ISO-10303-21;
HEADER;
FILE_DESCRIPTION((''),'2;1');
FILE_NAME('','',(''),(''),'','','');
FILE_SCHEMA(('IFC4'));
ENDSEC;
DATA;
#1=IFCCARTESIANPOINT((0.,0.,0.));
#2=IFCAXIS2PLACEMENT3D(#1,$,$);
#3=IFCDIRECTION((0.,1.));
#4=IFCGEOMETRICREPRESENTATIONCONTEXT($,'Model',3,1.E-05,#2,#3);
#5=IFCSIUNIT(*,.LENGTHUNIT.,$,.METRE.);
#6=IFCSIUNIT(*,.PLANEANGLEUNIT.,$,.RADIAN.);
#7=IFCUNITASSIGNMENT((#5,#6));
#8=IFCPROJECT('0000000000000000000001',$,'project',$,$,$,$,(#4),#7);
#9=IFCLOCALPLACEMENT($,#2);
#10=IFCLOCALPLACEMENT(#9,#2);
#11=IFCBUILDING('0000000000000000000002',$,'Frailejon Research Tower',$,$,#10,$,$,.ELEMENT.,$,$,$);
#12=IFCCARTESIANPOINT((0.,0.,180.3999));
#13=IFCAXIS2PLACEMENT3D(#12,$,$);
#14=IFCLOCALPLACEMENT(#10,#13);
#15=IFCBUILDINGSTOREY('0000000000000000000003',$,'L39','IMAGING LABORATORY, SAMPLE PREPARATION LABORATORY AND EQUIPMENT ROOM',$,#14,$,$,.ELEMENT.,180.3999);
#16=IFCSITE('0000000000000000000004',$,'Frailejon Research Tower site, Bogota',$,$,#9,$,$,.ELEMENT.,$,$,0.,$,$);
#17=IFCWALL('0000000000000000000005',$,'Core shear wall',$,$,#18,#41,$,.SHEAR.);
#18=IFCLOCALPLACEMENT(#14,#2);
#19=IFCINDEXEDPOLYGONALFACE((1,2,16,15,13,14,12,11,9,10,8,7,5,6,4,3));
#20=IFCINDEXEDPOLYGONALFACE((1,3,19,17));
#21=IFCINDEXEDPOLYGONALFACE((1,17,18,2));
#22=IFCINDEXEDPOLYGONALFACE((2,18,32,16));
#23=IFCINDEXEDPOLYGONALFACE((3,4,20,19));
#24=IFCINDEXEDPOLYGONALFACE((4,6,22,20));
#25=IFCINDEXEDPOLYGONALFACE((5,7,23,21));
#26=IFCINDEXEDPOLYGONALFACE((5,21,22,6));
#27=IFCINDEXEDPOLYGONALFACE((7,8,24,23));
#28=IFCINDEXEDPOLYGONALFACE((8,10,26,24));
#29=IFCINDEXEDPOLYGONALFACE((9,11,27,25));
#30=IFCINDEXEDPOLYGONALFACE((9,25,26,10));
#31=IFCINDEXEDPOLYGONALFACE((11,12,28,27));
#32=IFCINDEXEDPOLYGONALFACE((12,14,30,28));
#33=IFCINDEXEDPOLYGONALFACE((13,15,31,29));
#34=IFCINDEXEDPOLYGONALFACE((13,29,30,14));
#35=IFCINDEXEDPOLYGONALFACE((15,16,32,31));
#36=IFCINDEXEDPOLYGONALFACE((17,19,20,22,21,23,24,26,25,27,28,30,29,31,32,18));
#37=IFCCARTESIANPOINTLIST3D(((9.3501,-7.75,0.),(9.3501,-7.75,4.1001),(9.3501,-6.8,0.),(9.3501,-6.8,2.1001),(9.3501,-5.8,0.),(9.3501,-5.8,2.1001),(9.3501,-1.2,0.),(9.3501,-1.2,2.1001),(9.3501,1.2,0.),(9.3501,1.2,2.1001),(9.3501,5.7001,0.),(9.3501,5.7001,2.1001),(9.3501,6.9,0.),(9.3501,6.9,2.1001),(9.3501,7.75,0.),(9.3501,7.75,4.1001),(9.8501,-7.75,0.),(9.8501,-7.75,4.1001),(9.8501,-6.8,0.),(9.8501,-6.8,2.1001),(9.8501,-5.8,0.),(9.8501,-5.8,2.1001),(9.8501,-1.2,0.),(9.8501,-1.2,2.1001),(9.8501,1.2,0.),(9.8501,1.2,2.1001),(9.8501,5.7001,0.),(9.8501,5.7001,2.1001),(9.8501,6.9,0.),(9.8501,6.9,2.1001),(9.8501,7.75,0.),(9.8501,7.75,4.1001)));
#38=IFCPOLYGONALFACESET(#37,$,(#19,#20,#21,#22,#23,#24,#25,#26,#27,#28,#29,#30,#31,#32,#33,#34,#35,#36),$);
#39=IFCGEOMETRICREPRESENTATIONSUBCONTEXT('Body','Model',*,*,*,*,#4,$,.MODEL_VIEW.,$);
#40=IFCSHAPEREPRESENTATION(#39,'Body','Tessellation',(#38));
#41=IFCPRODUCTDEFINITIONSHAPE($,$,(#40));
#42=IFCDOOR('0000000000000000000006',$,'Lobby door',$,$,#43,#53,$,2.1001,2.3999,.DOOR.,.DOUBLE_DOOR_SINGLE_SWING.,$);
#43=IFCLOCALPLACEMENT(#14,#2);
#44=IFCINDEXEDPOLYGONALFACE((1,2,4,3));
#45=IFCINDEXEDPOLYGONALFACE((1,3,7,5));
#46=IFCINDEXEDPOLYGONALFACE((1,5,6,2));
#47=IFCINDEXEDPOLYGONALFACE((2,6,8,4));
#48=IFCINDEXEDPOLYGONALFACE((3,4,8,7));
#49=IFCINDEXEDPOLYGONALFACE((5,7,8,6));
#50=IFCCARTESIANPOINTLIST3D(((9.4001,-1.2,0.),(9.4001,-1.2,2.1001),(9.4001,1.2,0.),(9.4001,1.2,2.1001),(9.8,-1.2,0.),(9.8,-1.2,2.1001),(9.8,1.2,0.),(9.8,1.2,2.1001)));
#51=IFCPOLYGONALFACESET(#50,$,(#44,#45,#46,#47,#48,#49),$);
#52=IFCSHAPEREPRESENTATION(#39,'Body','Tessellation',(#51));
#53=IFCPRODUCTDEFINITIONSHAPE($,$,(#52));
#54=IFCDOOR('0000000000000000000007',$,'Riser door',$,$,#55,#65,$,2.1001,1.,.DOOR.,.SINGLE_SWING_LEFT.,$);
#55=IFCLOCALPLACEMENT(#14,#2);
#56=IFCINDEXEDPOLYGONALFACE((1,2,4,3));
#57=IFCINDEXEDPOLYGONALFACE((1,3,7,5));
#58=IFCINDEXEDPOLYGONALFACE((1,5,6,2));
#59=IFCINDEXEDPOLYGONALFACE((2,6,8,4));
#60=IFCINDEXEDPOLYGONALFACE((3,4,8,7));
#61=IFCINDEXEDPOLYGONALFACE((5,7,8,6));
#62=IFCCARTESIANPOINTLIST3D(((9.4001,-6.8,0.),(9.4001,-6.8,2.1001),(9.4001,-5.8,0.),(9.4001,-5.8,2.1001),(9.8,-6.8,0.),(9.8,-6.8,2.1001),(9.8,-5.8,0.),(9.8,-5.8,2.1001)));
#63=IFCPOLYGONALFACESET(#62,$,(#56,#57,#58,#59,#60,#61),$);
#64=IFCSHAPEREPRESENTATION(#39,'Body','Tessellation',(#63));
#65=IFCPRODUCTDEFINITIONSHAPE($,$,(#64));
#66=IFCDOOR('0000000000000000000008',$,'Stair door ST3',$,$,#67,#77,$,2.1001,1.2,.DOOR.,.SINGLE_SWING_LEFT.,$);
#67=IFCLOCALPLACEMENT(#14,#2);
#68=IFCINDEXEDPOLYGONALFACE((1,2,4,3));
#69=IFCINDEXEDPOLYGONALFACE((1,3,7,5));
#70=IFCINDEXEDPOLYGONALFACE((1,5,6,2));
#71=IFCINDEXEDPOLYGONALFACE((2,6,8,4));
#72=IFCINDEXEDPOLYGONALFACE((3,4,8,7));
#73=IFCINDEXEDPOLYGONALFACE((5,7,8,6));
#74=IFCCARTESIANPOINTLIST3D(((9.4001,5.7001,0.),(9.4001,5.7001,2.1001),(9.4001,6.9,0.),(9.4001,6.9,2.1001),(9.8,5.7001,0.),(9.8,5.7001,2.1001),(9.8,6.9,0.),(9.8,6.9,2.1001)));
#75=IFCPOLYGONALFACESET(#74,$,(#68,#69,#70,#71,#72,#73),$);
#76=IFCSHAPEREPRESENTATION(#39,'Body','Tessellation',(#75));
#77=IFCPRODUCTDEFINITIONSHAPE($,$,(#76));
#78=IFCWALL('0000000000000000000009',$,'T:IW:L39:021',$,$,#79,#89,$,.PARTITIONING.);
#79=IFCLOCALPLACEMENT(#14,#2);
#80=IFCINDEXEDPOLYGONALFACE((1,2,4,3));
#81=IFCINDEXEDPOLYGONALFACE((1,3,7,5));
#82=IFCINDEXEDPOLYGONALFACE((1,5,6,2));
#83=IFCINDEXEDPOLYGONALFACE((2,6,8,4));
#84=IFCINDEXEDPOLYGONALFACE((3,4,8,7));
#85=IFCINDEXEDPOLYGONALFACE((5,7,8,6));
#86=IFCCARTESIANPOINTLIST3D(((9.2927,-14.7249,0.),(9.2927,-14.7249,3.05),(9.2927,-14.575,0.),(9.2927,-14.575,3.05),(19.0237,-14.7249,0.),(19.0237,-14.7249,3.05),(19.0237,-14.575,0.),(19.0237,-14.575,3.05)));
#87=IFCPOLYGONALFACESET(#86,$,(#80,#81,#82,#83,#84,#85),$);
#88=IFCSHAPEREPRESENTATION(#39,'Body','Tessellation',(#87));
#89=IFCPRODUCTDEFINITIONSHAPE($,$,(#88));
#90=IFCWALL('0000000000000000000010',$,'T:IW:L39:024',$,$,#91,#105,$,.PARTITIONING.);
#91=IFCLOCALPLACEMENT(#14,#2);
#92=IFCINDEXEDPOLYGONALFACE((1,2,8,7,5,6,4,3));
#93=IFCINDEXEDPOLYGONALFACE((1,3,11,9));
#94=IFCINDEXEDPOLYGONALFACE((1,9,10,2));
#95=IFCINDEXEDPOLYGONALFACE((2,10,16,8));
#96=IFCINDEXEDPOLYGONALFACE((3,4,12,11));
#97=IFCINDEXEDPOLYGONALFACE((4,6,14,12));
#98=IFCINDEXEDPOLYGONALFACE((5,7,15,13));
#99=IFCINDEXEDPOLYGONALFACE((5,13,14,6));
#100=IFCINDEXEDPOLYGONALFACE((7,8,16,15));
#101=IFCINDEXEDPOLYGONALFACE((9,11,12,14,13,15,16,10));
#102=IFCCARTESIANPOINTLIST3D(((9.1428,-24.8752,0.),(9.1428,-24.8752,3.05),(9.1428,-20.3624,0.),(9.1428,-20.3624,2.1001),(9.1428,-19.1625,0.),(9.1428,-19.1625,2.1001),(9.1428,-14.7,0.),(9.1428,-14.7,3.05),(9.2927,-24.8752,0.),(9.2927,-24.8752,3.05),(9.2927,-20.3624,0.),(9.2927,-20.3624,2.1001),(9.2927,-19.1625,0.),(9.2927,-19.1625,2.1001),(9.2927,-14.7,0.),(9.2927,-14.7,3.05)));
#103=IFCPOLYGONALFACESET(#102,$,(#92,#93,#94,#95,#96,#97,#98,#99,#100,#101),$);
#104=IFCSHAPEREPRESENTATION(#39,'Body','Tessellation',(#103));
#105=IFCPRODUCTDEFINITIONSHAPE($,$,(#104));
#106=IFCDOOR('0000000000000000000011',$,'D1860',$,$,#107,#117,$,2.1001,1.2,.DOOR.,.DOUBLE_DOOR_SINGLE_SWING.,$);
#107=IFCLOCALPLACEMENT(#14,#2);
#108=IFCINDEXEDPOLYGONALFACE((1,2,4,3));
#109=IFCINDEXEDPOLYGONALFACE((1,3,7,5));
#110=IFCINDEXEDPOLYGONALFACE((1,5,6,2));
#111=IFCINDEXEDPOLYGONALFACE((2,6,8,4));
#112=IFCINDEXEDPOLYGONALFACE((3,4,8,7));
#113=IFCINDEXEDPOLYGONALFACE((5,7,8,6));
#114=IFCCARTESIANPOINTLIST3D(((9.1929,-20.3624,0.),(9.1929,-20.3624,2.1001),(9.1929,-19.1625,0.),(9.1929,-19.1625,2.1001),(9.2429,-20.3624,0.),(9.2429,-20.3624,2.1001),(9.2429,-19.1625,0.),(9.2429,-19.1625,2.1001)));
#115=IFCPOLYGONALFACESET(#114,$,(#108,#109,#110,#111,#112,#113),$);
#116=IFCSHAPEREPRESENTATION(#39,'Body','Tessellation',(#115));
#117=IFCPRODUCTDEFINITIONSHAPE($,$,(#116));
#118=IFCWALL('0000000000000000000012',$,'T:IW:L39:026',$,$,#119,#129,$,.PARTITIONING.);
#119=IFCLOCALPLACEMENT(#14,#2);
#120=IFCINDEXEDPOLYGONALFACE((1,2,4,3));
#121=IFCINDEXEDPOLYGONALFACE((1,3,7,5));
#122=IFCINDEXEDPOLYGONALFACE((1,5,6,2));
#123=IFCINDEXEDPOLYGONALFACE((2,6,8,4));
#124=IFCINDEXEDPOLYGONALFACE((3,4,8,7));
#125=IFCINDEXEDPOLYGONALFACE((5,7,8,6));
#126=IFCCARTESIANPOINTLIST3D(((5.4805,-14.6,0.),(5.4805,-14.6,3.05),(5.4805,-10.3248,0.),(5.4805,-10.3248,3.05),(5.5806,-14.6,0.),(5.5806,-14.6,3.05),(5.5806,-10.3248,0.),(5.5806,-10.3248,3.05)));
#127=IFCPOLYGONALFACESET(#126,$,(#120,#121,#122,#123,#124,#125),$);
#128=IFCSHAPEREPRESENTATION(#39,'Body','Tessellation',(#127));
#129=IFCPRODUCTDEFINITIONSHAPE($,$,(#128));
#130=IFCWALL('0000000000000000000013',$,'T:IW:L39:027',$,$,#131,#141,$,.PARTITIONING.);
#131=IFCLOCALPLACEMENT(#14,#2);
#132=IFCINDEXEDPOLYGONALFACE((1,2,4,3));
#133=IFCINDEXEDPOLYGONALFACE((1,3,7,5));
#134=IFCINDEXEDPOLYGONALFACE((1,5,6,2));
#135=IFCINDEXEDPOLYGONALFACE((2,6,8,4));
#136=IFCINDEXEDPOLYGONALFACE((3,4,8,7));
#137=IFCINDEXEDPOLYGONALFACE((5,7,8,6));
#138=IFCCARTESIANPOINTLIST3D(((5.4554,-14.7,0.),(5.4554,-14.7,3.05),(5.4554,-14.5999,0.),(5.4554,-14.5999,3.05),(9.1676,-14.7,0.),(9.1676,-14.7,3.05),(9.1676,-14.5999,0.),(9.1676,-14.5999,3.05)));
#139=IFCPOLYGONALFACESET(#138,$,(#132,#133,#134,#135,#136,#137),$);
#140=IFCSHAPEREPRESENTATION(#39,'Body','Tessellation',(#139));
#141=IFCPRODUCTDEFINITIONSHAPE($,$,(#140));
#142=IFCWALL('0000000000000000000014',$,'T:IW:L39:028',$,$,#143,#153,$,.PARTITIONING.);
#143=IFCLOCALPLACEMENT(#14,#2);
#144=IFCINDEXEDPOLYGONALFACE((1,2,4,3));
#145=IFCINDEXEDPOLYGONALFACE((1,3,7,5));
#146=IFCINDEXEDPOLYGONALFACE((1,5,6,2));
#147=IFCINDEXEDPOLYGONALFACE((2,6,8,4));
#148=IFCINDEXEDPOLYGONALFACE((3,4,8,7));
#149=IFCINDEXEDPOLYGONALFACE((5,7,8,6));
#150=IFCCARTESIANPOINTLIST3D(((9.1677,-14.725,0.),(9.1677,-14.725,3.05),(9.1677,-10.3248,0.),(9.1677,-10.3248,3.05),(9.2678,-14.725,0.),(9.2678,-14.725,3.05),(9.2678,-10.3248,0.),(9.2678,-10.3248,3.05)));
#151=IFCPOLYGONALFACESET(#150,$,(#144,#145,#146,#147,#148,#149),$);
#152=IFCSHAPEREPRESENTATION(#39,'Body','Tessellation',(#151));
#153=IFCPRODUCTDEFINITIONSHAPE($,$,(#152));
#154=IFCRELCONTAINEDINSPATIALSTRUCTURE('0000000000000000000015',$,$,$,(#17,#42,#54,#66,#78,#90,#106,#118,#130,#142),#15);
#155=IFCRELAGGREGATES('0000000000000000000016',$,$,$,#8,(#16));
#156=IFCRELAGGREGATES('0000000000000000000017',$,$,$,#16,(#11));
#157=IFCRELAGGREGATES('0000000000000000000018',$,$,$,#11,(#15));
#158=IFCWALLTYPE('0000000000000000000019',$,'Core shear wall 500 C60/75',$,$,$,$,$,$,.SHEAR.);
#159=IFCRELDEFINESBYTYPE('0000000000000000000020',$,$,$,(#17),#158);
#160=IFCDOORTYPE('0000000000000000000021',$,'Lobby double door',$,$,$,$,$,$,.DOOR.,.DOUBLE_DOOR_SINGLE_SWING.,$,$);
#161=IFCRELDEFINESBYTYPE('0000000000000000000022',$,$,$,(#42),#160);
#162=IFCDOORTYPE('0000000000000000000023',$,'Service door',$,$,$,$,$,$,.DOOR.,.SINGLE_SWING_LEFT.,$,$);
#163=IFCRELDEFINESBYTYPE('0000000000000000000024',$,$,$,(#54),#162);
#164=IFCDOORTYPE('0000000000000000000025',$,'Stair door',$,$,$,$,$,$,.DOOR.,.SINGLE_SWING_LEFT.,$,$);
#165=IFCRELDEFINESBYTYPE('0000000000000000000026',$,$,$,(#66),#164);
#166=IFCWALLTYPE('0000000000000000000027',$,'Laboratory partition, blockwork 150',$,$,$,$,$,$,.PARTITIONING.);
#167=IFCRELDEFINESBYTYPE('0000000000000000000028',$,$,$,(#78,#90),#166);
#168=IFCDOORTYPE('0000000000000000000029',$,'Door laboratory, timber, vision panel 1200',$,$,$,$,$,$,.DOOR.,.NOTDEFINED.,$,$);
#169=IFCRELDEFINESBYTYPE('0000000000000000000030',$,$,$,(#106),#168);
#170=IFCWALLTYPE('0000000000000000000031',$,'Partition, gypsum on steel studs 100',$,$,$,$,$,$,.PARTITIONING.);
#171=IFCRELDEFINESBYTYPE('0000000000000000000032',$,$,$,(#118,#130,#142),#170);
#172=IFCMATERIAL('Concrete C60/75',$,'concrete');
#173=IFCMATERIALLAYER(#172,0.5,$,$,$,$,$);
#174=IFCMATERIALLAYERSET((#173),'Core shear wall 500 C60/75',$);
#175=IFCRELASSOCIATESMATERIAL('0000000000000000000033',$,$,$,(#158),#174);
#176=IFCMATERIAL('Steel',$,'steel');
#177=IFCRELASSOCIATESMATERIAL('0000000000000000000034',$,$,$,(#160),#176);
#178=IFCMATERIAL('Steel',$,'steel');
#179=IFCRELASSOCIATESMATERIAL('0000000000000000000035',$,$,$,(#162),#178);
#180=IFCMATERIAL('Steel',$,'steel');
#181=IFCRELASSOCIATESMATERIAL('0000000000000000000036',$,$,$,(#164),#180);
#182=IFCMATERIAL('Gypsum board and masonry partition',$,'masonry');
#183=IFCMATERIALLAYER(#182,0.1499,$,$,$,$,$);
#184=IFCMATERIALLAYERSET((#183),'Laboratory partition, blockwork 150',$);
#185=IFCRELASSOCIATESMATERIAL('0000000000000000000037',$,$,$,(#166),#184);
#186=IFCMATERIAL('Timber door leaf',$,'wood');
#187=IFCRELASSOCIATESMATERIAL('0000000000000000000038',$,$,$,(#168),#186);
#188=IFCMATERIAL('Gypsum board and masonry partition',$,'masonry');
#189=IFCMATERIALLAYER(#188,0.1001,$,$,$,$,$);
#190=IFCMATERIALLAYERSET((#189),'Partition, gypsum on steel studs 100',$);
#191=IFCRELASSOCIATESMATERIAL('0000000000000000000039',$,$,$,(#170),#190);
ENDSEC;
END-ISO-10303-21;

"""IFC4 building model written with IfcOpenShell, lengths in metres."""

from ifc_helpers import new_model, si_unit, direction, frame, frame_2d, origin, place, context, subcontext, project, spatial, rectangle, extrude, material, layer, layer_set, type_object, element, fill, save


model = new_model("IFC4")

# Units and contexts
model_context = context("Model", 3, precision=1e-05, world=origin(), true_north=direction((0.0, 1.0)))
body_context = subcontext(model_context, "Body", "Model", "MODEL_VIEW")
ifc_project = project(units=[si_unit("LENGTHUNIT", "METRE"), si_unit("PLANEANGLEUNIT", "RADIAN")], contexts=[model_context])

# Site, building, storey
site_placement = place(None, origin())
site = spatial("IfcSite", under=ifc_project, at=site_placement, Name="Frailejon Research Tower site, Bogota", CompositionType="ELEMENT", RefElevation=0.0)
building_placement = place(site_placement, origin())
building = spatial("IfcBuilding", under=site, at=building_placement, Name="Frailejon Research Tower", CompositionType="ELEMENT")
storey_placement = place(building_placement, frame((0.0, 0.0, 180.3999)))
storey = spatial("IfcBuildingStorey", under=building, at=storey_placement, Name="L39", Description="IMAGING LABORATORY, SAMPLE PREPARATION LABORATORY AND EQUIPMENT ROOM", CompositionType="ELEMENT", Elevation=180.3999)

# Wall, openings, doors
ifc_material_1 = material(Name="Concrete C60/75", Category="concrete")
ifc_layer_1 = layer(ifc_material_1, 0.5)
ifc_layer_set_1 = layer_set([ifc_layer_1], Name="Core shear wall 500 C60/75")
wall_type_1 = type_object("IfcWallType", Name="Core shear wall 500 C60/75", PredefinedType="SHEAR", material=ifc_layer_set_1)
wall_1_placement = place(storey_placement, frame((9.6001, -7.75, 0.0), z_axis=(0.0, 0.0, 1.0), x_axis=(0.0, 1.0, 0.0)))
wall_1 = element("IfcWall", 1, at=wall_1_placement, inside=storey, type_object=wall_type_1, Name="Core shear wall", PredefinedType="SHEAR", context=body_context, shape_type="SweptSolid", body=[
    extrude(rectangle(XDim=15.5, YDim=0.5, at=frame_2d((7.75, 0.0))), origin(), (0.0, 0.0, 1.0), 4.1001),
])
opening_1_placement = place(wall_1_placement, frame((6.55, 0.0, 0.0)))
opening_1 = element("IfcOpeningElement", 2, at=opening_1_placement, cuts=wall_1, PredefinedType="OPENING", context=body_context, shape_type="SweptSolid", body=[
    extrude(rectangle(XDim=2.3999, YDim=2.1001, at=frame_2d((1.2, 1.05))), frame((0.0, 0.26, 0.0), z_axis=(0.0, -1.0, 0.0), x_axis=(1.0, 0.0, 0.0)), (0.0, 0.0, 1.0), 0.52),
])
opening_2_placement = place(wall_1_placement, frame((13.45, 0.0, 0.0)))
opening_2 = element("IfcOpeningElement", 3, at=opening_2_placement, cuts=wall_1, PredefinedType="OPENING", context=body_context, shape_type="SweptSolid", body=[
    extrude(rectangle(XDim=1.2, YDim=2.1001, at=frame_2d((0.6001, 1.05))), frame((0.0, 0.26, 0.0), z_axis=(0.0, -1.0, 0.0), x_axis=(1.0, 0.0, 0.0)), (0.0, 0.0, 1.0), 0.52),
])
opening_3_placement = place(wall_1_placement, frame((0.95, 0.0, 0.0)))
opening_3 = element("IfcOpeningElement", 4, at=opening_3_placement, cuts=wall_1, PredefinedType="OPENING", context=body_context, shape_type="SweptSolid", body=[
    extrude(rectangle(XDim=1.0, YDim=2.1001, at=frame_2d((0.5, 1.05))), frame((0.0, 0.26, 0.0), z_axis=(0.0, -1.0, 0.0), x_axis=(1.0, 0.0, 0.0)), (0.0, 0.0, 1.0), 0.52),
])
ifc_material_2 = material(Name="Steel", Category="steel")
door_type_1 = type_object("IfcDoorType", Name="Lobby double door", OperationType="DOUBLE_DOOR_SINGLE_SWING", PredefinedType="DOOR", material=ifc_material_2)
door_1_placement = place(opening_1_placement, origin())
door_1 = element("IfcDoor", 5, at=door_1_placement, inside=storey, type_object=door_type_1, Name="Lobby door", OperationType="DOUBLE_DOOR_SINGLE_SWING", OverallHeight=2.1001, OverallWidth=2.3999, PredefinedType="DOOR", context=body_context, shape_type="SweptSolid", body=[
    extrude(rectangle(XDim=2.3999, YDim=2.1001, at=frame_2d((1.2, 1.05))), frame((0.0, 0.2, 0.0), z_axis=(0.0, -1.0, 0.0), x_axis=(1.0, 0.0, 0.0)), (0.0, 0.0, 1.0), 0.3999),
])
fill(opening_1, door_1)
ifc_material_3 = material(Name="Steel", Category="steel")
door_type_2 = type_object("IfcDoorType", Name="Service door", OperationType="SINGLE_SWING_LEFT", PredefinedType="DOOR", material=ifc_material_3)
door_2_placement = place(opening_3_placement, origin())
door_2 = element("IfcDoor", 6, at=door_2_placement, inside=storey, type_object=door_type_2, Name="Riser door", OperationType="SINGLE_SWING_LEFT", OverallHeight=2.1001, OverallWidth=1.0, PredefinedType="DOOR", context=body_context, shape_type="SweptSolid", body=[
    extrude(rectangle(XDim=1.0, YDim=2.1001, at=frame_2d((0.5, 1.05))), frame((0.0, 0.2, 0.0), z_axis=(0.0, -1.0, 0.0), x_axis=(1.0, 0.0, 0.0)), (0.0, 0.0, 1.0), 0.3999),
])
fill(opening_3, door_2)
ifc_material_4 = material(Name="Steel", Category="steel")
door_type_3 = type_object("IfcDoorType", Name="Stair door", OperationType="SINGLE_SWING_LEFT", PredefinedType="DOOR", material=ifc_material_4)
door_3_placement = place(opening_2_placement, origin())
door_3 = element("IfcDoor", 7, at=door_3_placement, inside=storey, type_object=door_type_3, Name="Stair door ST3", OperationType="SINGLE_SWING_LEFT", OverallHeight=2.1001, OverallWidth=1.2, PredefinedType="DOOR", context=body_context, shape_type="SweptSolid", body=[
    extrude(rectangle(XDim=1.2, YDim=2.1001, at=frame_2d((0.6001, 1.05))), frame((0.0, 0.2, 0.0), z_axis=(0.0, -1.0, 0.0), x_axis=(1.0, 0.0, 0.0)), (0.0, 0.0, 1.0), 0.3999),
])
fill(opening_2, door_3)

# Wall
ifc_material_5 = material(Name="Gypsum board and masonry partition", Category="masonry")
ifc_layer_2 = layer(ifc_material_5, 0.1499)
ifc_layer_set_2 = layer_set([ifc_layer_2], Name="Laboratory partition, blockwork 150")
wall_type_2 = type_object("IfcWallType", Name="Laboratory partition, blockwork 150", PredefinedType="PARTITIONING", material=ifc_layer_set_2)
wall_2_placement = place(storey_placement, frame((9.2927, -14.6499, 0.0), z_axis=(0.0, 0.0, 1.0), x_axis=(1.0, 0.0, 0.0)))
element("IfcWall", 8, at=wall_2_placement, inside=storey, type_object=wall_type_2, Name="T:IW:L39:021", PredefinedType="PARTITIONING", context=body_context, shape_type="SweptSolid", body=[
    extrude(rectangle(XDim=9.731, YDim=0.1499, at=frame_2d((4.8655, 0.0))), origin(), (0.0, 0.0, 1.0), 3.05),
])

# Wall, opening, door
wall_3_placement = place(storey_placement, frame((9.2178, -24.8752, 0.0), z_axis=(0.0, 0.0, 1.0), x_axis=(0.0, 1.0, 0.0)))
wall_3 = element("IfcWall", 9, at=wall_3_placement, inside=storey, type_object=wall_type_2, Name="T:IW:L39:024", PredefinedType="PARTITIONING", context=body_context, shape_type="SweptSolid", body=[
    extrude(rectangle(XDim=10.1753, YDim=0.1499, at=frame_2d((5.0876, 0.0))), origin(), (0.0, 0.0, 1.0), 3.05),
])
opening_4_placement = place(wall_3_placement, frame((4.5127, 0.0, 0.0)))
opening_4 = element("IfcOpeningElement", 10, at=opening_4_placement, cuts=wall_3, PredefinedType="OPENING", context=body_context, shape_type="SweptSolid", body=[
    extrude(rectangle(XDim=1.2, YDim=2.1001, at=frame_2d((0.6001, 1.05))), frame((0.0, 0.085, 0.0), z_axis=(0.0, -1.0, 0.0), x_axis=(1.0, 0.0, 0.0)), (0.0, 0.0, 1.0), 0.1699),
])
ifc_material_6 = material(Name="Timber door leaf", Category="wood")
door_type_4 = type_object("IfcDoorType", Name="Door laboratory, timber, vision panel 1200", OperationType="NOTDEFINED", PredefinedType="DOOR", material=ifc_material_6)
door_4_placement = place(opening_4_placement, origin())
door_4 = element("IfcDoor", 11, at=door_4_placement, inside=storey, type_object=door_type_4, Name="D1860", OperationType="DOUBLE_DOOR_SINGLE_SWING", OverallHeight=2.1001, OverallWidth=1.2, PredefinedType="DOOR", context=body_context, shape_type="SweptSolid", body=[
    extrude(rectangle(XDim=1.2, YDim=2.1001, at=frame_2d((0.6001, 1.05))), frame((0.0, 0.0249, 0.0), z_axis=(0.0, -1.0, 0.0), x_axis=(1.0, 0.0, 0.0)), (0.0, 0.0, 1.0), 0.05),
])
fill(opening_4, door_4)

# Walls
ifc_material_7 = material(Name="Gypsum board and masonry partition", Category="masonry")
ifc_layer_3 = layer(ifc_material_7, 0.1001)
ifc_layer_set_3 = layer_set([ifc_layer_3], Name="Partition, gypsum on steel studs 100")
wall_type_3 = type_object("IfcWallType", Name="Partition, gypsum on steel studs 100", PredefinedType="PARTITIONING", material=ifc_layer_set_3)
wall_4_placement = place(storey_placement, frame((5.5305, -14.6001, 0.0), z_axis=(0.0, 0.0, 1.0), x_axis=(0.0, 1.0, 0.0)))
element("IfcWall", 12, at=wall_4_placement, inside=storey, type_object=wall_type_3, Name="T:IW:L39:026", PredefinedType="PARTITIONING", context=body_context, shape_type="SweptSolid", body=[
    extrude(rectangle(XDim=4.2751, YDim=0.1001, at=frame_2d((2.1377, 0.0))), origin(), (0.0, 0.0, 1.0), 3.05),
])
wall_5_placement = place(storey_placement, frame((5.4556, -14.6499, 0.0), z_axis=(0.0, 0.0, 1.0), x_axis=(1.0, 0.0, 0.0)))
element("IfcWall", 13, at=wall_5_placement, inside=storey, type_object=wall_type_3, Name="T:IW:L39:027", PredefinedType="PARTITIONING", context=body_context, shape_type="SweptSolid", body=[
    extrude(rectangle(XDim=3.7122, YDim=0.1001, at=frame_2d((1.856, 0.0))), origin(), (0.0, 0.0, 1.0), 3.05),
])
wall_6_placement = place(storey_placement, frame((9.2178, -14.7251, 0.0), z_axis=(0.0, 0.0, 1.0), x_axis=(0.0, 1.0, 0.0)))
element("IfcWall", 14, at=wall_6_placement, inside=storey, type_object=wall_type_3, Name="T:IW:L39:028", PredefinedType="PARTITIONING", context=body_context, shape_type="SweptSolid", body=[
    extrude(rectangle(XDim=4.4001, YDim=0.1001, at=frame_2d((2.2002, 0.0))), origin(), (0.0, 0.0, 1.0), 3.05),
])

save(model, "model.ifc")
